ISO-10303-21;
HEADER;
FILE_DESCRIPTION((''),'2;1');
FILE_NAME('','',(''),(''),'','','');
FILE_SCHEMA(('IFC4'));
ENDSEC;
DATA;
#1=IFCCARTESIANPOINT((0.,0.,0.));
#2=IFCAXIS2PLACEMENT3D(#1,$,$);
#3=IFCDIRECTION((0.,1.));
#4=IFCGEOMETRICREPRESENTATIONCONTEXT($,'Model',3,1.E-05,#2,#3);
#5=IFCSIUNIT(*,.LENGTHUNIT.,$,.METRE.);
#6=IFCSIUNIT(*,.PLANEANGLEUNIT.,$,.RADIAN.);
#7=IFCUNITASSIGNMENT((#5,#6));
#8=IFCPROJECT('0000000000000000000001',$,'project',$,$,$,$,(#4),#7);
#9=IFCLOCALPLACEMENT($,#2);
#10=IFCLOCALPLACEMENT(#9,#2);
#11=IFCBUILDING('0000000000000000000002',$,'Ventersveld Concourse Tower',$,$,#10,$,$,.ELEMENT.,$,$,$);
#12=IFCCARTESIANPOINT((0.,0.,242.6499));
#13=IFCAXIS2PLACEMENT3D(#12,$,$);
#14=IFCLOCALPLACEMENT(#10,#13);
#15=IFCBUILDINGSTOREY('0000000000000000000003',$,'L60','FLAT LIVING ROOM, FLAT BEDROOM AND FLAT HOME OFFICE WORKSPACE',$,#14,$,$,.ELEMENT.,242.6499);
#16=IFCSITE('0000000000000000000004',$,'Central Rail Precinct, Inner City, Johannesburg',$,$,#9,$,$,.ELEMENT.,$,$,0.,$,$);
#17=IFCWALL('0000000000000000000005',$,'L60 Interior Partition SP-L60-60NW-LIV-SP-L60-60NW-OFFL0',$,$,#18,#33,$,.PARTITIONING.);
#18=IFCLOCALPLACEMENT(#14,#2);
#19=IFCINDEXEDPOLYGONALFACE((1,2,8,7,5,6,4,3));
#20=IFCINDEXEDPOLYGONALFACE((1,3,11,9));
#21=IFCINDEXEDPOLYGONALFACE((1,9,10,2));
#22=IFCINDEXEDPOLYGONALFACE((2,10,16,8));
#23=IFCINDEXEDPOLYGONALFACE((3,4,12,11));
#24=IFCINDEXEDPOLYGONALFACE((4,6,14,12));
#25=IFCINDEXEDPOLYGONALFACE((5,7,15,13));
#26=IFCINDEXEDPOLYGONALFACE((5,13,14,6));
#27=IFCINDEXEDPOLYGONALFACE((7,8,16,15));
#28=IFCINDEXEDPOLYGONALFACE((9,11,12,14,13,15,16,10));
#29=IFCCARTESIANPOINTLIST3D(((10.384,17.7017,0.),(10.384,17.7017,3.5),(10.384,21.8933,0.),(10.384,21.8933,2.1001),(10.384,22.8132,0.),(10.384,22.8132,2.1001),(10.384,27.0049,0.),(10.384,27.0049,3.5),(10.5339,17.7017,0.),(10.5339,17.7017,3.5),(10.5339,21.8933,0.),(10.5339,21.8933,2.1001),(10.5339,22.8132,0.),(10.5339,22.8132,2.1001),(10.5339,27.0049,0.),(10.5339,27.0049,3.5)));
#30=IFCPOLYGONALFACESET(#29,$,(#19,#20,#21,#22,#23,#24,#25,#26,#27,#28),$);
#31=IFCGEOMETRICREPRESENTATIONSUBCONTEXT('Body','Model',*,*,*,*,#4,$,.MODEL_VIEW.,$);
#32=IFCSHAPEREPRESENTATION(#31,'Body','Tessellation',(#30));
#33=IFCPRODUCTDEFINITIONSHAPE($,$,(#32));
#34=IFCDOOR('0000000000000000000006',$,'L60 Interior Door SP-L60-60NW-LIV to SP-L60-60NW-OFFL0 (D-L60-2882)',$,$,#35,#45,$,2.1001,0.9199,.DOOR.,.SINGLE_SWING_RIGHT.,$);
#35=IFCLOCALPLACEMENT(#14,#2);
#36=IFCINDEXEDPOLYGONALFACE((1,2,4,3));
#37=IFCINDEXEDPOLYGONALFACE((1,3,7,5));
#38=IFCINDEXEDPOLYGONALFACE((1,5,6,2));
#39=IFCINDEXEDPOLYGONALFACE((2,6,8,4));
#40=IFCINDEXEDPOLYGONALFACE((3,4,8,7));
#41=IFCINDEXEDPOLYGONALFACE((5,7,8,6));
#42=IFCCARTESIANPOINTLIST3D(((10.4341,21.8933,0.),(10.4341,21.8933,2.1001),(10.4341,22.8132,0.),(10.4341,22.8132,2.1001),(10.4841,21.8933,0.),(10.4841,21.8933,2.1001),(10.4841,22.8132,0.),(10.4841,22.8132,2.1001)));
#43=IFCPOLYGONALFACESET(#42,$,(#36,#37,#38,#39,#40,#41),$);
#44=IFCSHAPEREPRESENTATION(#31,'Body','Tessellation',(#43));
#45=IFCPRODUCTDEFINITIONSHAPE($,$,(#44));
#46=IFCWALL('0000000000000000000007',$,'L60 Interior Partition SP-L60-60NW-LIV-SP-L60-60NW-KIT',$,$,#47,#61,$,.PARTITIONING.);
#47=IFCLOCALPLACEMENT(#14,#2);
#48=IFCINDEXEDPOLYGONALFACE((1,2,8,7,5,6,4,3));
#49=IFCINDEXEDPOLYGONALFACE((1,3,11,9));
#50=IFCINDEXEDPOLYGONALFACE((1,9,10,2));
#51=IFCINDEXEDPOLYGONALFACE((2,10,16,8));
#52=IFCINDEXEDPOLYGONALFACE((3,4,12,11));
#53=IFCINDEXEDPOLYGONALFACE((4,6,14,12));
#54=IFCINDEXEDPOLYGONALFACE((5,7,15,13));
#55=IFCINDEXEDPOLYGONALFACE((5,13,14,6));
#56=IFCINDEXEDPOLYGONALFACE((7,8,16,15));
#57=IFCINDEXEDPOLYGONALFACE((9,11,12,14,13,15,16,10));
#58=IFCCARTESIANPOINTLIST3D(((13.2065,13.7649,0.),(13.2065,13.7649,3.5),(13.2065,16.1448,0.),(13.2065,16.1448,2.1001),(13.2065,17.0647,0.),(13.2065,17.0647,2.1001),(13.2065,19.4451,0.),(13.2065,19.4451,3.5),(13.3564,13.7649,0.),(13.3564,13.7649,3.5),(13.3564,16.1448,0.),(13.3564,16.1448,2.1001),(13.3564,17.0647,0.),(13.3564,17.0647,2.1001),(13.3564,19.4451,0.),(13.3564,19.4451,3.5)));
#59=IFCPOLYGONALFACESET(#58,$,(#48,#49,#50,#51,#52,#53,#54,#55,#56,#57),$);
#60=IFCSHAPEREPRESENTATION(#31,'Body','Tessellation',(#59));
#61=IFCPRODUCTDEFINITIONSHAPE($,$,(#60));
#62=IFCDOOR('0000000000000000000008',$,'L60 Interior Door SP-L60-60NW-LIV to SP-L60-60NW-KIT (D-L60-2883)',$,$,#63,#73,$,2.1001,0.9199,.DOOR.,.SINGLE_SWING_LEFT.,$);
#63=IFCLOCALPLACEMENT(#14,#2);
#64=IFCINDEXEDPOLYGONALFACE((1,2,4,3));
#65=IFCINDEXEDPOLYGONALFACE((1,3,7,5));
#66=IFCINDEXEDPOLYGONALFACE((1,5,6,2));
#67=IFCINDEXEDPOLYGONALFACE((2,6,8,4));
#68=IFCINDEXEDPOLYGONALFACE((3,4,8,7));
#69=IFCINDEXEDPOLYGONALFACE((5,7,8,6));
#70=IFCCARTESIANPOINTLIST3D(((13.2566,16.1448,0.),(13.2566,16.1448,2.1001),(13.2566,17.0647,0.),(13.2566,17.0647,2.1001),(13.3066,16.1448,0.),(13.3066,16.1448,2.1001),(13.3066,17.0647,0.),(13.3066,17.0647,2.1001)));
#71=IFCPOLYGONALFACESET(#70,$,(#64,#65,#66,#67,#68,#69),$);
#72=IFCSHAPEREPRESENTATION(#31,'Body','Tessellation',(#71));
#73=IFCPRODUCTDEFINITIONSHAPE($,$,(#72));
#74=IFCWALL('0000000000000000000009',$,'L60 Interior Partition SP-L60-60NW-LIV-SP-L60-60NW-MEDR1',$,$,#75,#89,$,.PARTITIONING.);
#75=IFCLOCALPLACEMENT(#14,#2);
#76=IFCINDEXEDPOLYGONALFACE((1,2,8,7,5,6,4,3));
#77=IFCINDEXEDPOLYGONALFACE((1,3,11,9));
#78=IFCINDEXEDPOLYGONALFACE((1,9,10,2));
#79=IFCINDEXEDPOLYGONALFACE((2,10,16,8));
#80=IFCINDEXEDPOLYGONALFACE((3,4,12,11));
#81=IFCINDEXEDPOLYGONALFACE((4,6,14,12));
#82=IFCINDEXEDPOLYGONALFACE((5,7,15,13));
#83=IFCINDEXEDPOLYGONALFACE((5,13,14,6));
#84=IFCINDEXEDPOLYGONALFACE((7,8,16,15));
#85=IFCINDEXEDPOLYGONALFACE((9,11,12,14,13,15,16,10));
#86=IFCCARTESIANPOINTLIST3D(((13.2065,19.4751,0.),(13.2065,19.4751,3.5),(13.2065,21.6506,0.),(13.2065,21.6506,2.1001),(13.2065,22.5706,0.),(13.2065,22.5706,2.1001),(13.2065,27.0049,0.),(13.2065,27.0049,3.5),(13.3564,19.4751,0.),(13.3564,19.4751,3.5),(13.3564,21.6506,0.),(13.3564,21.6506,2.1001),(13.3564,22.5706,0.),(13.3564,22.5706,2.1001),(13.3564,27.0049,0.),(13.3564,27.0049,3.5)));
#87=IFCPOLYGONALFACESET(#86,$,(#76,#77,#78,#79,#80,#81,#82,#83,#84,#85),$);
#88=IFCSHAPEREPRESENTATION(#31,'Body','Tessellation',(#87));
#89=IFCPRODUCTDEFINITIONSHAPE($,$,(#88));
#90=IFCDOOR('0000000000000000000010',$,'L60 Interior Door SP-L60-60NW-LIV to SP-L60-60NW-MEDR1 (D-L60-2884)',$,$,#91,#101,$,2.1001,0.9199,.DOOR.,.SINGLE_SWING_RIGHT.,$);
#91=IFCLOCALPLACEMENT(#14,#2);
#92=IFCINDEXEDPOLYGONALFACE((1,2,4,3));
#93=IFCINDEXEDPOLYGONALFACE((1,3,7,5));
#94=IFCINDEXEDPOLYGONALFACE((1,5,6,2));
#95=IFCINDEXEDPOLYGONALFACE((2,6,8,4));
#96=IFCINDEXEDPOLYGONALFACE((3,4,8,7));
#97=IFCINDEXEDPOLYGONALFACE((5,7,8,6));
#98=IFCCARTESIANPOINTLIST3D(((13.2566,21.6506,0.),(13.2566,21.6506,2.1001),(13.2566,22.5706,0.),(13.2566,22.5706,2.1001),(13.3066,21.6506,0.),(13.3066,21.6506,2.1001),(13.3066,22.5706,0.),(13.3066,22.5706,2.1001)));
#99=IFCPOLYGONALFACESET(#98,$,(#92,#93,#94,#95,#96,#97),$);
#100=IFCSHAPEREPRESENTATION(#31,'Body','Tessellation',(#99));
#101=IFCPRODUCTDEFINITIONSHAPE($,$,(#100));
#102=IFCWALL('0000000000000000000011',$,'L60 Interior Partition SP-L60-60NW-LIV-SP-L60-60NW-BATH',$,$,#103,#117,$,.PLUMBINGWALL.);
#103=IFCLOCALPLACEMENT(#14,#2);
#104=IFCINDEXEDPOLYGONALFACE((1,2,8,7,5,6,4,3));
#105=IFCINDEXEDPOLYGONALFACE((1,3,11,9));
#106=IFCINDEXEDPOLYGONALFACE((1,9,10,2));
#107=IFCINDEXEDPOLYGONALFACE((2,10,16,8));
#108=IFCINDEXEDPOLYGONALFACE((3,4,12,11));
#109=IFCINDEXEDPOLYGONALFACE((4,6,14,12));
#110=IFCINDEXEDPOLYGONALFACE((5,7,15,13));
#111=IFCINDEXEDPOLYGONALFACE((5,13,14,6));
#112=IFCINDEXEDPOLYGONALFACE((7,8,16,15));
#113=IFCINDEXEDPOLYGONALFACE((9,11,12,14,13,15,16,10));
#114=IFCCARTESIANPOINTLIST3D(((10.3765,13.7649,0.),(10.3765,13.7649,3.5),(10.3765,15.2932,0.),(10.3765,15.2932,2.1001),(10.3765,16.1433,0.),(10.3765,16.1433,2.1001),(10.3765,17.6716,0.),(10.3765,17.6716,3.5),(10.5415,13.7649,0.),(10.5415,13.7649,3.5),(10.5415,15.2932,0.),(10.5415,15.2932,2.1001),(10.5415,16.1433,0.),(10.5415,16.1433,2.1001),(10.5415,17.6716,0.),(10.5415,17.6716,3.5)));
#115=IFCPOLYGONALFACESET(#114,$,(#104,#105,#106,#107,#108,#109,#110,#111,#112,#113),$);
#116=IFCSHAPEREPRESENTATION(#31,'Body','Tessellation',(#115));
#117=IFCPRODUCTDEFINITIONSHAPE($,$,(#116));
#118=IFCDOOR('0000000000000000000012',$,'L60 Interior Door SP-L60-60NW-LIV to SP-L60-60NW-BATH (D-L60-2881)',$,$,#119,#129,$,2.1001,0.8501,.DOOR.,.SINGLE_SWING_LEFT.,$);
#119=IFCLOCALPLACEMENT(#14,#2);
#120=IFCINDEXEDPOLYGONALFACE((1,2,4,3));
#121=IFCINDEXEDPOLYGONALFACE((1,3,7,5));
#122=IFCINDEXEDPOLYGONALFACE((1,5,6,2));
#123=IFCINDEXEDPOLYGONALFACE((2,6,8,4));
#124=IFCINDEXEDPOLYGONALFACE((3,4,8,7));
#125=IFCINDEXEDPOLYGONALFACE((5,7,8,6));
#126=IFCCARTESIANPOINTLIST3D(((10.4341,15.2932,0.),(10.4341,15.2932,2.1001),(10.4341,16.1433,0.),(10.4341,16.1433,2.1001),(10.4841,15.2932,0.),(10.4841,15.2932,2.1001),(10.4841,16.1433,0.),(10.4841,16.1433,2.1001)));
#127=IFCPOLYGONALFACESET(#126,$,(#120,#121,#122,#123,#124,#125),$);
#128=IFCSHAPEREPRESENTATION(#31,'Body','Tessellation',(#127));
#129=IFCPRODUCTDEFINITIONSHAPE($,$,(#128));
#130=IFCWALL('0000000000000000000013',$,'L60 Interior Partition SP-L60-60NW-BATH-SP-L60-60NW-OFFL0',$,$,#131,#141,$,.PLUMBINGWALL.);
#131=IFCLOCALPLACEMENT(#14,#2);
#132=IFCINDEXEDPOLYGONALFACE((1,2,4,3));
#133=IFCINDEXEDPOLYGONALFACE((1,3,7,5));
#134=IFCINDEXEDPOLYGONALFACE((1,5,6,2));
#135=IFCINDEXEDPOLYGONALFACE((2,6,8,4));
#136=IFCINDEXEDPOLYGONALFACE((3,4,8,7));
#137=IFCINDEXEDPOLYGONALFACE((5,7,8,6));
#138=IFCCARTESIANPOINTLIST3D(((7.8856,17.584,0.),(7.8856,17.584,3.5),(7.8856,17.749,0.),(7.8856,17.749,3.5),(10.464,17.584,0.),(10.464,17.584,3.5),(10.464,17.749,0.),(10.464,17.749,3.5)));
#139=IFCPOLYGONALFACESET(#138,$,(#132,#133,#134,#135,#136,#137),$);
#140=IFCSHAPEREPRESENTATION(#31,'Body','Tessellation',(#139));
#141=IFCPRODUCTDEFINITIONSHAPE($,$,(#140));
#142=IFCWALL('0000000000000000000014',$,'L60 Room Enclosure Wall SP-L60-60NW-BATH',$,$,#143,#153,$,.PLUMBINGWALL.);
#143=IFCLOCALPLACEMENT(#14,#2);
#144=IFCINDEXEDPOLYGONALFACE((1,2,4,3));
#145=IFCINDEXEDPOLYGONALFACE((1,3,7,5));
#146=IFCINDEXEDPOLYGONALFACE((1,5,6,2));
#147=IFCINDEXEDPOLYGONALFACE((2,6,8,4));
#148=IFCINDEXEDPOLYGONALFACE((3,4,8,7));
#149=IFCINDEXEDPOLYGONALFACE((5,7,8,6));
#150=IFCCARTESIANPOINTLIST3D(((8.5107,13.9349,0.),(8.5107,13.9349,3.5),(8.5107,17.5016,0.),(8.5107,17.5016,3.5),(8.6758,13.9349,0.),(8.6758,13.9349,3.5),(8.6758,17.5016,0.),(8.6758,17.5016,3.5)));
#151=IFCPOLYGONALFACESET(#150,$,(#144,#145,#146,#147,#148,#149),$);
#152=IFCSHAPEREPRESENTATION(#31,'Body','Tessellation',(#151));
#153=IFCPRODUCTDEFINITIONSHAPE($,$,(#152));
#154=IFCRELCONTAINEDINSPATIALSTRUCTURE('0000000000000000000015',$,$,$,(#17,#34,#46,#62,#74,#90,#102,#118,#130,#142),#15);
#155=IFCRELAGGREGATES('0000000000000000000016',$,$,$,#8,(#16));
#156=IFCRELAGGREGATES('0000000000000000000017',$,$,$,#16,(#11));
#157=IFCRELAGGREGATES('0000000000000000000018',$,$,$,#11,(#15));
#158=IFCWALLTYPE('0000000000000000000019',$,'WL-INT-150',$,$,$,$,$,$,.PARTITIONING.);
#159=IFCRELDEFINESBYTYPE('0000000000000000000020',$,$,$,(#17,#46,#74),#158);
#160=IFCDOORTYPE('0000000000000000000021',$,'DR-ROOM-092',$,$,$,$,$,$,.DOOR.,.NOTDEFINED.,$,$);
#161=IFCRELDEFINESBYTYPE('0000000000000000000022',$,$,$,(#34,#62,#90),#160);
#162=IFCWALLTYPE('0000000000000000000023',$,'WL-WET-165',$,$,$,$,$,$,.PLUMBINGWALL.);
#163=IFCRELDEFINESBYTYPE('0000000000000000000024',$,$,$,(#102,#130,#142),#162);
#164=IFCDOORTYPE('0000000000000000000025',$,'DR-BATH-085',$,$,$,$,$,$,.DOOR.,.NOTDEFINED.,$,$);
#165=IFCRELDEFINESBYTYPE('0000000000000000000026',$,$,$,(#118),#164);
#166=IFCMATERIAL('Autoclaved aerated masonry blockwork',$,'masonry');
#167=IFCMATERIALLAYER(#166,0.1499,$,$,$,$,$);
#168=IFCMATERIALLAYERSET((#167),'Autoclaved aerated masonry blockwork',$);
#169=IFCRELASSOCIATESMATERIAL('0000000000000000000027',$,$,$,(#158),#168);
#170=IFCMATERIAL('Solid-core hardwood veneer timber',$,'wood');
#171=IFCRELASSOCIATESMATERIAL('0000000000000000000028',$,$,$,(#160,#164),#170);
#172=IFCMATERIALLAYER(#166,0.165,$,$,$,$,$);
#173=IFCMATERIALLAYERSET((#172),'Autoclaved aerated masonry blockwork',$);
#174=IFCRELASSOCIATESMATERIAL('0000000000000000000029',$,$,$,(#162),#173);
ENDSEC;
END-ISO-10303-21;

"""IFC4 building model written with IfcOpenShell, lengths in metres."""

from ifc_helpers import new_model, si_unit, direction, frame, frame_2d, origin, place, context, subcontext, project, spatial, rectangle, extrude, material, layer, layer_set, type_object, element, fill, save


model = new_model("IFC4")

# Units and contexts
model_context = context("Model", 3, precision=1e-05, world=origin(), true_north=direction((0.0, 1.0)))
body_context = subcontext(model_context, "Body", "Model", "MODEL_VIEW")
ifc_project = project(units=[si_unit("LENGTHUNIT", "METRE"), si_unit("PLANEANGLEUNIT", "RADIAN")], contexts=[model_context])

# Site, building, storey
site_placement = place(None, origin())
site = spatial("IfcSite", under=ifc_project, at=site_placement, Name="Central Rail Precinct, Inner City, Johannesburg", CompositionType="ELEMENT", RefElevation=0.0)
building_placement = place(site_placement, origin())
building = spatial("IfcBuilding", under=site, at=building_placement, Name="Ventersveld Concourse Tower", CompositionType="ELEMENT")
storey_placement = place(building_placement, frame((0.0, 0.0, 242.6499)))
storey = spatial("IfcBuildingStorey", under=building, at=storey_placement, Name="L60", Description="FLAT LIVING ROOM, FLAT BEDROOM AND FLAT HOME OFFICE WORKSPACE", CompositionType="ELEMENT", Elevation=242.6499)

# Shared definitions
ifc_material_1 = material(Name="Solid-core hardwood veneer timber", Category="wood")

# Walls, openings, doors
ifc_material_2 = material(Name="Autoclaved aerated masonry blockwork", Category="masonry")
ifc_layer_1 = layer(ifc_material_2, 0.1499)
ifc_layer_set_1 = layer_set([ifc_layer_1], Name="Autoclaved aerated masonry blockwork")
wall_type_1 = type_object("IfcWallType", Name="WL-INT-150", PredefinedType="PARTITIONING", material=ifc_layer_set_1)
wall_1_placement = place(storey_placement, frame((10.459, 17.7017, 0.0), z_axis=(0.0, 0.0, 1.0), x_axis=(0.0, 1.0, 0.0)))
wall_1 = element("IfcWall", 1, at=wall_1_placement, inside=storey, type_object=wall_type_1, Name="L60 Interior Partition SP-L60-60NW-LIV-SP-L60-60NW-OFFL0", PredefinedType="PARTITIONING", context=body_context, shape_type="SweptSolid", body=[
    extrude(rectangle(XDim=9.3032, YDim=0.1499, at=frame_2d((4.6516, 0.0))), origin(), (0.0, 0.0, 1.0), 3.5),
])
opening_1_placement = place(wall_1_placement, frame((4.1917, 0.0, 0.0)))
opening_1 = element("IfcOpeningElement", 2, at=opening_1_placement, cuts=wall_1, PredefinedType="OPENING", context=body_context, shape_type="SweptSolid", body=[
    extrude(rectangle(XDim=0.9199, YDim=2.1001, at=frame_2d((0.46, 1.05))), frame((0.0, 0.085, 0.0), z_axis=(0.0, -1.0, 0.0), x_axis=(1.0, 0.0, 0.0)), (0.0, 0.0, 1.0), 0.1699),
])
door_type_1 = type_object("IfcDoorType", Name="DR-ROOM-092", OperationType="NOTDEFINED", PredefinedType="DOOR", material=ifc_material_1)
door_1_placement = place(opening_1_placement, origin())
door_1 = element("IfcDoor", 3, at=door_1_placement, inside=storey, type_object=door_type_1, Name="L60 Interior Door SP-L60-60NW-LIV to SP-L60-60NW-OFFL0 (D-L60-2882)", OperationType="SINGLE_SWING_RIGHT", OverallHeight=2.1001, OverallWidth=0.9199, PredefinedType="DOOR", context=body_context, shape_type="SweptSolid", body=[
    extrude(rectangle(XDim=0.9199, YDim=2.1001, at=frame_2d((0.46, 1.05))), frame((0.0, 0.0249, 0.0), z_axis=(0.0, -1.0, 0.0), x_axis=(1.0, 0.0, 0.0)), (0.0, 0.0, 1.0), 0.05),
])
fill(opening_1, door_1)
wall_2_placement = place(storey_placement, frame((13.2815, 13.7649, 0.0), z_axis=(0.0, 0.0, 1.0), x_axis=(0.0, 1.0, 0.0)))
wall_2 = element("IfcWall", 4, at=wall_2_placement, inside=storey, type_object=wall_type_1, Name="L60 Interior Partition SP-L60-60NW-LIV-SP-L60-60NW-KIT", PredefinedType="PARTITIONING", context=body_context, shape_type="SweptSolid", body=[
    extrude(rectangle(XDim=5.6802, YDim=0.1499, at=frame_2d((2.8401, 0.0))), origin(), (0.0, 0.0, 1.0), 3.5),
])
opening_2_placement = place(wall_2_placement, frame((2.3799, 0.0, 0.0)))
opening_2 = element("IfcOpeningElement", 5, at=opening_2_placement, cuts=wall_2, PredefinedType="OPENING", context=body_context, shape_type="SweptSolid", body=[
    extrude(rectangle(XDim=0.9199, YDim=2.1001, at=frame_2d((0.46, 1.05))), frame((0.0, 0.085, 0.0), z_axis=(0.0, -1.0, 0.0), x_axis=(1.0, 0.0, 0.0)), (0.0, 0.0, 1.0), 0.1699),
])
door_2_placement = place(opening_2_placement, origin())
door_2 = element("IfcDoor", 6, at=door_2_placement, inside=storey, type_object=door_type_1, Name="L60 Interior Door SP-L60-60NW-LIV to SP-L60-60NW-KIT (D-L60-2883)", OperationType="SINGLE_SWING_LEFT", OverallHeight=2.1001, OverallWidth=0.9199, PredefinedType="DOOR", context=body_context, shape_type="SweptSolid", body=[
    extrude(rectangle(XDim=0.9199, YDim=2.1001, at=frame_2d((0.46, 1.05))), frame((0.0, 0.0249, 0.0), z_axis=(0.0, -1.0, 0.0), x_axis=(1.0, 0.0, 0.0)), (0.0, 0.0, 1.0), 0.05),
])
fill(opening_2, door_2)
wall_3_placement = place(storey_placement, frame((13.2815, 19.4751, 0.0), z_axis=(0.0, 0.0, 1.0), x_axis=(0.0, 1.0, 0.0)))
wall_3 = element("IfcWall", 7, at=wall_3_placement, inside=storey, type_object=wall_type_1, Name="L60 Interior Partition SP-L60-60NW-LIV-SP-L60-60NW-MEDR1", PredefinedType="PARTITIONING", context=body_context, shape_type="SweptSolid", body=[
    extrude(rectangle(XDim=7.5298, YDim=0.1499, at=frame_2d((3.7649, 0.0))), origin(), (0.0, 0.0, 1.0), 3.5),
])
opening_3_placement = place(wall_3_placement, frame((2.1755, 0.0, 0.0)))
opening_3 = element("IfcOpeningElement", 8, at=opening_3_placement, cuts=wall_3, PredefinedType="OPENING", context=body_context, shape_type="SweptSolid", body=[
    extrude(rectangle(XDim=0.9199, YDim=2.1001, at=frame_2d((0.46, 1.05))), frame((0.0, 0.085, 0.0), z_axis=(0.0, -1.0, 0.0), x_axis=(1.0, 0.0, 0.0)), (0.0, 0.0, 1.0), 0.1699),
])
door_3_placement = place(opening_3_placement, origin())
door_3 = element("IfcDoor", 9, at=door_3_placement, inside=storey, type_object=door_type_1, Name="L60 Interior Door SP-L60-60NW-LIV to SP-L60-60NW-MEDR1 (D-L60-2884)", OperationType="SINGLE_SWING_RIGHT", OverallHeight=2.1001, OverallWidth=0.9199, PredefinedType="DOOR", context=body_context, shape_type="SweptSolid", body=[
    extrude(rectangle(XDim=0.9199, YDim=2.1001, at=frame_2d((0.46, 1.05))), frame((0.0, 0.0249, 0.0), z_axis=(0.0, -1.0, 0.0), x_axis=(1.0, 0.0, 0.0)), (0.0, 0.0, 1.0), 0.05),
])
fill(opening_3, door_3)

# Wall, opening, door
ifc_layer_2 = layer(ifc_material_2, 0.165)
ifc_layer_set_2 = layer_set([ifc_layer_2], Name="Autoclaved aerated masonry blockwork")
wall_type_2 = type_object("IfcWallType", Name="WL-WET-165", PredefinedType="PLUMBINGWALL", material=ifc_layer_set_2)
wall_4_placement = place(storey_placement, frame((10.459, 13.7649, 0.0), z_axis=(0.0, 0.0, 1.0), x_axis=(0.0, 1.0, 0.0)))
wall_4 = element("IfcWall", 10, at=wall_4_placement, inside=storey, type_object=wall_type_2, Name="L60 Interior Partition SP-L60-60NW-LIV-SP-L60-60NW-BATH", PredefinedType="PLUMBINGWALL", context=body_context, shape_type="SweptSolid", body=[
    extrude(rectangle(XDim=3.9067, YDim=0.165, at=frame_2d((1.9534, 0.0))), origin(), (0.0, 0.0, 1.0), 3.5),
])
opening_4_placement = place(wall_4_placement, frame((1.5283, 0.0, 0.0)))
opening_4 = element("IfcOpeningElement", 11, at=opening_4_placement, cuts=wall_4, PredefinedType="OPENING", context=body_context, shape_type="SweptSolid", body=[
    extrude(rectangle(XDim=0.8501, YDim=2.1001, at=frame_2d((0.425, 1.05))), frame((0.0, 0.0925, 0.0), z_axis=(0.0, -1.0, 0.0), x_axis=(1.0, 0.0, 0.0)), (0.0, 0.0, 1.0), 0.1851),
])
door_type_2 = type_object("IfcDoorType", Name="DR-BATH-085", OperationType="NOTDEFINED", PredefinedType="DOOR", material=ifc_material_1)
door_4_placement = place(opening_4_placement, origin())
door_4 = element("IfcDoor", 12, at=door_4_placement, inside=storey, type_object=door_type_2, Name="L60 Interior Door SP-L60-60NW-LIV to SP-L60-60NW-BATH (D-L60-2881)", OperationType="SINGLE_SWING_LEFT", OverallHeight=2.1001, OverallWidth=0.8501, PredefinedType="DOOR", context=body_context, shape_type="SweptSolid", body=[
    extrude(rectangle(XDim=0.8501, YDim=2.1001, at=frame_2d((0.425, 1.05))), frame((0.0, 0.0249, 0.0), z_axis=(0.0, -1.0, 0.0), x_axis=(1.0, 0.0, 0.0)), (0.0, 0.0, 1.0), 0.05),
])
fill(opening_4, door_4)

# Walls
wall_5_placement = place(storey_placement, frame((7.8857, 17.6665, 0.0), z_axis=(0.0, 0.0, 1.0), x_axis=(1.0, 0.0, 0.0)))
element("IfcWall", 13, at=wall_5_placement, inside=storey, type_object=wall_type_2, Name="L60 Interior Partition SP-L60-60NW-BATH-SP-L60-60NW-OFFL0", PredefinedType="PLUMBINGWALL", context=body_context, shape_type="SweptSolid", body=[
    extrude(rectangle(XDim=2.5784, YDim=0.165, at=frame_2d((1.2891, 0.0))), origin(), (0.0, 0.0, 1.0), 3.5),
])
wall_6_placement = place(storey_placement, frame((8.5933, 13.9351, 0.0), z_axis=(0.0, 0.0, 1.0), x_axis=(0.0, 1.0, 0.0)))
element("IfcWall", 14, at=wall_6_placement, inside=storey, type_object=wall_type_2, Name="L60 Room Enclosure Wall SP-L60-60NW-BATH", PredefinedType="PLUMBINGWALL", context=body_context, shape_type="SweptSolid", body=[
    extrude(rectangle(XDim=3.5667, YDim=0.165, at=frame_2d((1.7832, 0.0))), origin(), (0.0, 0.0, 1.0), 3.5),
])

save(model, "model.ifc")
